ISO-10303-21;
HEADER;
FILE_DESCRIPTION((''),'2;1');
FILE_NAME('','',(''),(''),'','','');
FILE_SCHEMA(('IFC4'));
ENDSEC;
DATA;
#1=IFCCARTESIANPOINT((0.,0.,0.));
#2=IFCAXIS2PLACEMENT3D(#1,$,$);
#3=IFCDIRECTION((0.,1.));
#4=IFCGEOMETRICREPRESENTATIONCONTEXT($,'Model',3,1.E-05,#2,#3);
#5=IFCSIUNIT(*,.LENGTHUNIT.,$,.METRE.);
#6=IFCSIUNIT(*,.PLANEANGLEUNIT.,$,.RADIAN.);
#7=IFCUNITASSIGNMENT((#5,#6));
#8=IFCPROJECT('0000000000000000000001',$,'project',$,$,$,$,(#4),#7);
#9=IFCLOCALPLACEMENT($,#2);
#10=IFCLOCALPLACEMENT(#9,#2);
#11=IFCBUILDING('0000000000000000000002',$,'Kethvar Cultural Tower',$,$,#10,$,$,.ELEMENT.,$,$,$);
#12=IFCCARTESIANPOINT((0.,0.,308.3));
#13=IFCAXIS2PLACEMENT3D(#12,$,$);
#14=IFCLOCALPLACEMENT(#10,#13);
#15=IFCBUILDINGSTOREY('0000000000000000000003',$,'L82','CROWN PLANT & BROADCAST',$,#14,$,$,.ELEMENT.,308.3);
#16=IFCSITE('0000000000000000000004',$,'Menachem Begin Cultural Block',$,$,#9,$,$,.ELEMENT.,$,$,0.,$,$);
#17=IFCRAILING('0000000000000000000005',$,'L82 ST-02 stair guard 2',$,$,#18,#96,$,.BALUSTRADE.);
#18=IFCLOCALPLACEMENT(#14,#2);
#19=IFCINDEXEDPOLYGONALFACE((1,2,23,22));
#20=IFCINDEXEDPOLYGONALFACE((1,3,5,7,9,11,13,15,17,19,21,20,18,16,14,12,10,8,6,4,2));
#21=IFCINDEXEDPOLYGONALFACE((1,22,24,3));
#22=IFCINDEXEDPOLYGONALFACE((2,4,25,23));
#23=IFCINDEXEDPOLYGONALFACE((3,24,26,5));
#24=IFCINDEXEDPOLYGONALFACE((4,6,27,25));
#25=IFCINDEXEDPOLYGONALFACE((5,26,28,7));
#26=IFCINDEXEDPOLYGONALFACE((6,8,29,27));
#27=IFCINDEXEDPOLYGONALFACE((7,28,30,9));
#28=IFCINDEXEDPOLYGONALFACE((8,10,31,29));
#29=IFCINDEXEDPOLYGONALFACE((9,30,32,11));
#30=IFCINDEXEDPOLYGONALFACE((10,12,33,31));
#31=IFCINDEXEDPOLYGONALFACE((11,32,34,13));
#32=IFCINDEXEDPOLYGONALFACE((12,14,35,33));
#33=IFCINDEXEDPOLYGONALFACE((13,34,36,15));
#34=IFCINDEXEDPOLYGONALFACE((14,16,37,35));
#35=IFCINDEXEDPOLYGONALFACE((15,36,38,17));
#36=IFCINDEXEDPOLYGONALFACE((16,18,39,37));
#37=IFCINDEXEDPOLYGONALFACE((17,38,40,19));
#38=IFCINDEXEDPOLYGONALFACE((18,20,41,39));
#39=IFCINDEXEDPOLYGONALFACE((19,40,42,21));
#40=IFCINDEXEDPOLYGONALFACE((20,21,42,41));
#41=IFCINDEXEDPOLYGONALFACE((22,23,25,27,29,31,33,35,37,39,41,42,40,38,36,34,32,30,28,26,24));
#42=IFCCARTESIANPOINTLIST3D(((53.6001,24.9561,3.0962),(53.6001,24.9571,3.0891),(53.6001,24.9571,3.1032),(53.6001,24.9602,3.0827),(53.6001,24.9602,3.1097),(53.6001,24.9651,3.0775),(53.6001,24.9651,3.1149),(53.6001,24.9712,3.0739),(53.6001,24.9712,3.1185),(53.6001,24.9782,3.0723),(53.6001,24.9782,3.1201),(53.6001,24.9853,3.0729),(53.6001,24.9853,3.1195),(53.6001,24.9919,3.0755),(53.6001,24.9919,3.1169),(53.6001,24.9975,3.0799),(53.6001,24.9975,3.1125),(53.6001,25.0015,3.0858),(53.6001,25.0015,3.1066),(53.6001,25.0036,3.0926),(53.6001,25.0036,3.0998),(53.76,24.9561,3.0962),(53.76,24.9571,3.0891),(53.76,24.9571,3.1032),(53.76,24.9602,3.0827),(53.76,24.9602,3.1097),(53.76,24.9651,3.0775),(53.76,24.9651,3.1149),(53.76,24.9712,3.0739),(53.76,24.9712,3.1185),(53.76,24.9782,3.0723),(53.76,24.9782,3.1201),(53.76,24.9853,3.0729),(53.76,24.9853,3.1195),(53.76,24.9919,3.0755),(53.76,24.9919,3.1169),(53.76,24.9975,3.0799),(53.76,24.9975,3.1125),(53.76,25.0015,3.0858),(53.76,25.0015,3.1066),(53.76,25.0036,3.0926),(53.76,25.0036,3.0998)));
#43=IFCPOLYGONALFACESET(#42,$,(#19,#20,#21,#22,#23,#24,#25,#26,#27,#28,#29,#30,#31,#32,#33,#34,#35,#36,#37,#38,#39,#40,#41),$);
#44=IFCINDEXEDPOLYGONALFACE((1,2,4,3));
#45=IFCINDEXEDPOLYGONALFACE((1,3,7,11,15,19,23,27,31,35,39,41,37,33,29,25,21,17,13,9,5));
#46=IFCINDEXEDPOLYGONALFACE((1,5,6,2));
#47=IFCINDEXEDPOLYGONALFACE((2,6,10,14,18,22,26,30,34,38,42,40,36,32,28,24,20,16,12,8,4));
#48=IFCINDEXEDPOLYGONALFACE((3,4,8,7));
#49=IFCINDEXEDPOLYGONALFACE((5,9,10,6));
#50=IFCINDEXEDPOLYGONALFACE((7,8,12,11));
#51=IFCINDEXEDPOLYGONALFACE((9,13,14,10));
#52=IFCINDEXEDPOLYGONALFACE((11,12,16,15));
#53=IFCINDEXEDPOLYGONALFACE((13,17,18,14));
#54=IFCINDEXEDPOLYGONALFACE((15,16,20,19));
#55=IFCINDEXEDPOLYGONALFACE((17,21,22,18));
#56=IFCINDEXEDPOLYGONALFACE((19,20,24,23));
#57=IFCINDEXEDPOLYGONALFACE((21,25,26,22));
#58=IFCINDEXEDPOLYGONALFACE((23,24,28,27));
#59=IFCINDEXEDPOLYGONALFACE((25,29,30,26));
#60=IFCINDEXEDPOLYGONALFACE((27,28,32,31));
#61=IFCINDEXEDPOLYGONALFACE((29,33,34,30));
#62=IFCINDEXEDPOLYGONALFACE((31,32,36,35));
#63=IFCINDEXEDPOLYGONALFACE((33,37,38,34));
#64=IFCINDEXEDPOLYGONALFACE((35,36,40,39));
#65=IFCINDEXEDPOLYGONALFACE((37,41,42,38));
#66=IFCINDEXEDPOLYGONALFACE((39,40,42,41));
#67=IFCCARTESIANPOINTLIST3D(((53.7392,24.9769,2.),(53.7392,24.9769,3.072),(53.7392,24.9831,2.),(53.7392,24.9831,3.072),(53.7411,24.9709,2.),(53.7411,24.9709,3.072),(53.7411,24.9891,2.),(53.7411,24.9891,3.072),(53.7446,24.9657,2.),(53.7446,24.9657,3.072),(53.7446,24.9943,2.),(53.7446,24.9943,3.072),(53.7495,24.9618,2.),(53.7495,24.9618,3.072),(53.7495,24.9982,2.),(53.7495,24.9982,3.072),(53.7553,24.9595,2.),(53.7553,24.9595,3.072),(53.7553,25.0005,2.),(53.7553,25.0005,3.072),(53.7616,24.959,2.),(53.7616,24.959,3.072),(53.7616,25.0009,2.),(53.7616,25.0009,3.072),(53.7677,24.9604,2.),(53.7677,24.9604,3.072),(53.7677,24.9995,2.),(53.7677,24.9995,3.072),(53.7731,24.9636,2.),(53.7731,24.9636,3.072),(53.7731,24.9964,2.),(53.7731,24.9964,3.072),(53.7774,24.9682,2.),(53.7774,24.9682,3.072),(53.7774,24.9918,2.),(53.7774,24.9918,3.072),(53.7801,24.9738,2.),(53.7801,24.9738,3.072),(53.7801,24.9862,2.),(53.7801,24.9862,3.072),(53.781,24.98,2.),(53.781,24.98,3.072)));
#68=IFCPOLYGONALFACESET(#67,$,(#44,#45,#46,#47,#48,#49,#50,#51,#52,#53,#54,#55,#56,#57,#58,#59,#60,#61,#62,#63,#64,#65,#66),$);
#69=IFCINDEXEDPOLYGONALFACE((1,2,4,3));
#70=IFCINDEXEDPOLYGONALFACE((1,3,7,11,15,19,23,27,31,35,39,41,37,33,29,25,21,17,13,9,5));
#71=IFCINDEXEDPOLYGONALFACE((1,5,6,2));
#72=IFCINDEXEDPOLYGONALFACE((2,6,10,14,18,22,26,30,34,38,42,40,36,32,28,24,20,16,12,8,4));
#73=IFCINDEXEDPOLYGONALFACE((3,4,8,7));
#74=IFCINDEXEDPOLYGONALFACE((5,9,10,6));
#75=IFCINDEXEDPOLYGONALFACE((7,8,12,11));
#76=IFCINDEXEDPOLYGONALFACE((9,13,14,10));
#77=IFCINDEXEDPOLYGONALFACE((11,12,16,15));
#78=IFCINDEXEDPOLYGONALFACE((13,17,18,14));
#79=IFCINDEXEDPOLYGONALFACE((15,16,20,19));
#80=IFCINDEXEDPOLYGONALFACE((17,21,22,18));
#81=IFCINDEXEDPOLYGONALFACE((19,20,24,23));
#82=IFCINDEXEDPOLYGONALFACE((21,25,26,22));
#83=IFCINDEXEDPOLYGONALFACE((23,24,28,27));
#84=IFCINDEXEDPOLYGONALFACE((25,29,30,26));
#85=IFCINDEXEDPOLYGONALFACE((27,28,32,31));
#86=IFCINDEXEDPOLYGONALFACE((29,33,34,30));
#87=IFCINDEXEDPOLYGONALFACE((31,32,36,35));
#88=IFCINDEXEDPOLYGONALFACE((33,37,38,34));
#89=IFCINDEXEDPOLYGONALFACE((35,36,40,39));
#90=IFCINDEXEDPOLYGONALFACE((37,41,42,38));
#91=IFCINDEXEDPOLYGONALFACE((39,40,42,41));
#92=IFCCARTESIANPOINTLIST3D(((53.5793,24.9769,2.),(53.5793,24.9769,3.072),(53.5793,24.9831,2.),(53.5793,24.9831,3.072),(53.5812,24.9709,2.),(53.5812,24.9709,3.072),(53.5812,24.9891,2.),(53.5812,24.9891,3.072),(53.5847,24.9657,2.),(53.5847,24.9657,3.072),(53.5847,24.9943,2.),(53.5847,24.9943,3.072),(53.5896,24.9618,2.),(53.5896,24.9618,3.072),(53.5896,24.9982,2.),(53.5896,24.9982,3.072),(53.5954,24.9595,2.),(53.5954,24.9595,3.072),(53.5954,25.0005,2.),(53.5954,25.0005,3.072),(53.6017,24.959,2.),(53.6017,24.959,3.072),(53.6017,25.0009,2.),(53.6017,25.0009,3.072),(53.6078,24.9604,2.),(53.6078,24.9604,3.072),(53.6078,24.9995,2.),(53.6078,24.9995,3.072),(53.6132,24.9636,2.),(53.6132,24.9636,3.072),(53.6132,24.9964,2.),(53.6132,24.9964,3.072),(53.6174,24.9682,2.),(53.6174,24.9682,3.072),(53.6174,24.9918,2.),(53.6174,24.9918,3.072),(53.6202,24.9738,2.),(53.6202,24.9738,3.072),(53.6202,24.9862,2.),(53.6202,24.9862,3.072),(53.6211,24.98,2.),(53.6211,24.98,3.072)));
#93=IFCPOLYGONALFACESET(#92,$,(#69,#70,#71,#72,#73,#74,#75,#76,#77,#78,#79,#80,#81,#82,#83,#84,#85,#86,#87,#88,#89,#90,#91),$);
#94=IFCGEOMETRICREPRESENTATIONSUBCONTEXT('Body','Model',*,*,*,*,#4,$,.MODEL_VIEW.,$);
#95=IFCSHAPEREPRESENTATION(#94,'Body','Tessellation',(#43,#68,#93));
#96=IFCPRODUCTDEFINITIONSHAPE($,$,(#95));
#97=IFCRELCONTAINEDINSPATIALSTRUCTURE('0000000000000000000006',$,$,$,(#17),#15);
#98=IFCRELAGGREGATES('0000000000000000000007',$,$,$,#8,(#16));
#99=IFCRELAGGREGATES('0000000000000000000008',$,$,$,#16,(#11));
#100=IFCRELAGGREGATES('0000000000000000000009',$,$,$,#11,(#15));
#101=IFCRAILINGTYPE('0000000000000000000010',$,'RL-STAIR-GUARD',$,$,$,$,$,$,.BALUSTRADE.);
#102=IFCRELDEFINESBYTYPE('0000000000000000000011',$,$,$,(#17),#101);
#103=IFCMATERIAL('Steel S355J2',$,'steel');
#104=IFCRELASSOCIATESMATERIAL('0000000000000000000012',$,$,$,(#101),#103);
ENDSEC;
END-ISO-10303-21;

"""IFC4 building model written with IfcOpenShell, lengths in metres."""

from ifc_helpers import new_model, si_unit, direction, frame, origin, origin_2d, place, context, subcontext, project, spatial, circle, extrude, material, type_object, element, save


model = new_model("IFC4")

# Units and contexts
model_context = context("Model", 3, precision=1e-05, world=origin(), true_north=direction((0.0, 1.0)))
body_context = subcontext(model_context, "Body", "Model", "MODEL_VIEW")
ifc_project = project(units=[si_unit("LENGTHUNIT", "METRE"), si_unit("PLANEANGLEUNIT", "RADIAN")], contexts=[model_context])

# Site, building, storey
site_placement = place(None, origin())
site = spatial("IfcSite", under=ifc_project, at=site_placement, Name="Menachem Begin Cultural Block", CompositionType="ELEMENT", RefElevation=0.0)
building_placement = place(site_placement, origin())
building = spatial("IfcBuilding", under=site, at=building_placement, Name="Kethvar Cultural Tower", CompositionType="ELEMENT")
storey_placement = place(building_placement, frame((0.0, 0.0, 308.3)))
storey = spatial("IfcBuildingStorey", under=building, at=storey_placement, Name="L82", Description="CROWN PLANT & BROADCAST", CompositionType="ELEMENT", Elevation=308.3)

# Shared definitions
ifc_material_1 = material(Name="Steel S355J2", Category="steel")

# Railing
railing_type_1 = type_object("IfcRailingType", Name="RL-STAIR-GUARD", PredefinedType="BALUSTRADE", material=ifc_material_1)
railing_1_placement = place(storey_placement, frame((53.76, 24.98, 2.0)))
element("IfcRailing", 1, at=railing_1_placement, inside=storey, type_object=railing_type_1, Name="L82 ST-02 stair guard 2", PredefinedType="BALUSTRADE", context=body_context, shape_type="SweptSolid", body=[
    extrude(circle(Radius=0.0239, at=origin_2d()), frame((0.0, 0.0, 1.0962), z_axis=(-1.0, 0.0, 0.0), x_axis=(0.0, -1.0, 0.0)), (0.0, 0.0, 1.0), 0.1599),
    extrude(circle(Radius=0.021, at=origin_2d()), origin(), (0.0, 0.0, 1.0), 1.072),
    extrude(circle(Radius=0.021, at=origin_2d()), frame((-0.1599, 0.0, 0.0)), (0.0, 0.0, 1.0), 1.072),
])

save(model, "model.ifc")
